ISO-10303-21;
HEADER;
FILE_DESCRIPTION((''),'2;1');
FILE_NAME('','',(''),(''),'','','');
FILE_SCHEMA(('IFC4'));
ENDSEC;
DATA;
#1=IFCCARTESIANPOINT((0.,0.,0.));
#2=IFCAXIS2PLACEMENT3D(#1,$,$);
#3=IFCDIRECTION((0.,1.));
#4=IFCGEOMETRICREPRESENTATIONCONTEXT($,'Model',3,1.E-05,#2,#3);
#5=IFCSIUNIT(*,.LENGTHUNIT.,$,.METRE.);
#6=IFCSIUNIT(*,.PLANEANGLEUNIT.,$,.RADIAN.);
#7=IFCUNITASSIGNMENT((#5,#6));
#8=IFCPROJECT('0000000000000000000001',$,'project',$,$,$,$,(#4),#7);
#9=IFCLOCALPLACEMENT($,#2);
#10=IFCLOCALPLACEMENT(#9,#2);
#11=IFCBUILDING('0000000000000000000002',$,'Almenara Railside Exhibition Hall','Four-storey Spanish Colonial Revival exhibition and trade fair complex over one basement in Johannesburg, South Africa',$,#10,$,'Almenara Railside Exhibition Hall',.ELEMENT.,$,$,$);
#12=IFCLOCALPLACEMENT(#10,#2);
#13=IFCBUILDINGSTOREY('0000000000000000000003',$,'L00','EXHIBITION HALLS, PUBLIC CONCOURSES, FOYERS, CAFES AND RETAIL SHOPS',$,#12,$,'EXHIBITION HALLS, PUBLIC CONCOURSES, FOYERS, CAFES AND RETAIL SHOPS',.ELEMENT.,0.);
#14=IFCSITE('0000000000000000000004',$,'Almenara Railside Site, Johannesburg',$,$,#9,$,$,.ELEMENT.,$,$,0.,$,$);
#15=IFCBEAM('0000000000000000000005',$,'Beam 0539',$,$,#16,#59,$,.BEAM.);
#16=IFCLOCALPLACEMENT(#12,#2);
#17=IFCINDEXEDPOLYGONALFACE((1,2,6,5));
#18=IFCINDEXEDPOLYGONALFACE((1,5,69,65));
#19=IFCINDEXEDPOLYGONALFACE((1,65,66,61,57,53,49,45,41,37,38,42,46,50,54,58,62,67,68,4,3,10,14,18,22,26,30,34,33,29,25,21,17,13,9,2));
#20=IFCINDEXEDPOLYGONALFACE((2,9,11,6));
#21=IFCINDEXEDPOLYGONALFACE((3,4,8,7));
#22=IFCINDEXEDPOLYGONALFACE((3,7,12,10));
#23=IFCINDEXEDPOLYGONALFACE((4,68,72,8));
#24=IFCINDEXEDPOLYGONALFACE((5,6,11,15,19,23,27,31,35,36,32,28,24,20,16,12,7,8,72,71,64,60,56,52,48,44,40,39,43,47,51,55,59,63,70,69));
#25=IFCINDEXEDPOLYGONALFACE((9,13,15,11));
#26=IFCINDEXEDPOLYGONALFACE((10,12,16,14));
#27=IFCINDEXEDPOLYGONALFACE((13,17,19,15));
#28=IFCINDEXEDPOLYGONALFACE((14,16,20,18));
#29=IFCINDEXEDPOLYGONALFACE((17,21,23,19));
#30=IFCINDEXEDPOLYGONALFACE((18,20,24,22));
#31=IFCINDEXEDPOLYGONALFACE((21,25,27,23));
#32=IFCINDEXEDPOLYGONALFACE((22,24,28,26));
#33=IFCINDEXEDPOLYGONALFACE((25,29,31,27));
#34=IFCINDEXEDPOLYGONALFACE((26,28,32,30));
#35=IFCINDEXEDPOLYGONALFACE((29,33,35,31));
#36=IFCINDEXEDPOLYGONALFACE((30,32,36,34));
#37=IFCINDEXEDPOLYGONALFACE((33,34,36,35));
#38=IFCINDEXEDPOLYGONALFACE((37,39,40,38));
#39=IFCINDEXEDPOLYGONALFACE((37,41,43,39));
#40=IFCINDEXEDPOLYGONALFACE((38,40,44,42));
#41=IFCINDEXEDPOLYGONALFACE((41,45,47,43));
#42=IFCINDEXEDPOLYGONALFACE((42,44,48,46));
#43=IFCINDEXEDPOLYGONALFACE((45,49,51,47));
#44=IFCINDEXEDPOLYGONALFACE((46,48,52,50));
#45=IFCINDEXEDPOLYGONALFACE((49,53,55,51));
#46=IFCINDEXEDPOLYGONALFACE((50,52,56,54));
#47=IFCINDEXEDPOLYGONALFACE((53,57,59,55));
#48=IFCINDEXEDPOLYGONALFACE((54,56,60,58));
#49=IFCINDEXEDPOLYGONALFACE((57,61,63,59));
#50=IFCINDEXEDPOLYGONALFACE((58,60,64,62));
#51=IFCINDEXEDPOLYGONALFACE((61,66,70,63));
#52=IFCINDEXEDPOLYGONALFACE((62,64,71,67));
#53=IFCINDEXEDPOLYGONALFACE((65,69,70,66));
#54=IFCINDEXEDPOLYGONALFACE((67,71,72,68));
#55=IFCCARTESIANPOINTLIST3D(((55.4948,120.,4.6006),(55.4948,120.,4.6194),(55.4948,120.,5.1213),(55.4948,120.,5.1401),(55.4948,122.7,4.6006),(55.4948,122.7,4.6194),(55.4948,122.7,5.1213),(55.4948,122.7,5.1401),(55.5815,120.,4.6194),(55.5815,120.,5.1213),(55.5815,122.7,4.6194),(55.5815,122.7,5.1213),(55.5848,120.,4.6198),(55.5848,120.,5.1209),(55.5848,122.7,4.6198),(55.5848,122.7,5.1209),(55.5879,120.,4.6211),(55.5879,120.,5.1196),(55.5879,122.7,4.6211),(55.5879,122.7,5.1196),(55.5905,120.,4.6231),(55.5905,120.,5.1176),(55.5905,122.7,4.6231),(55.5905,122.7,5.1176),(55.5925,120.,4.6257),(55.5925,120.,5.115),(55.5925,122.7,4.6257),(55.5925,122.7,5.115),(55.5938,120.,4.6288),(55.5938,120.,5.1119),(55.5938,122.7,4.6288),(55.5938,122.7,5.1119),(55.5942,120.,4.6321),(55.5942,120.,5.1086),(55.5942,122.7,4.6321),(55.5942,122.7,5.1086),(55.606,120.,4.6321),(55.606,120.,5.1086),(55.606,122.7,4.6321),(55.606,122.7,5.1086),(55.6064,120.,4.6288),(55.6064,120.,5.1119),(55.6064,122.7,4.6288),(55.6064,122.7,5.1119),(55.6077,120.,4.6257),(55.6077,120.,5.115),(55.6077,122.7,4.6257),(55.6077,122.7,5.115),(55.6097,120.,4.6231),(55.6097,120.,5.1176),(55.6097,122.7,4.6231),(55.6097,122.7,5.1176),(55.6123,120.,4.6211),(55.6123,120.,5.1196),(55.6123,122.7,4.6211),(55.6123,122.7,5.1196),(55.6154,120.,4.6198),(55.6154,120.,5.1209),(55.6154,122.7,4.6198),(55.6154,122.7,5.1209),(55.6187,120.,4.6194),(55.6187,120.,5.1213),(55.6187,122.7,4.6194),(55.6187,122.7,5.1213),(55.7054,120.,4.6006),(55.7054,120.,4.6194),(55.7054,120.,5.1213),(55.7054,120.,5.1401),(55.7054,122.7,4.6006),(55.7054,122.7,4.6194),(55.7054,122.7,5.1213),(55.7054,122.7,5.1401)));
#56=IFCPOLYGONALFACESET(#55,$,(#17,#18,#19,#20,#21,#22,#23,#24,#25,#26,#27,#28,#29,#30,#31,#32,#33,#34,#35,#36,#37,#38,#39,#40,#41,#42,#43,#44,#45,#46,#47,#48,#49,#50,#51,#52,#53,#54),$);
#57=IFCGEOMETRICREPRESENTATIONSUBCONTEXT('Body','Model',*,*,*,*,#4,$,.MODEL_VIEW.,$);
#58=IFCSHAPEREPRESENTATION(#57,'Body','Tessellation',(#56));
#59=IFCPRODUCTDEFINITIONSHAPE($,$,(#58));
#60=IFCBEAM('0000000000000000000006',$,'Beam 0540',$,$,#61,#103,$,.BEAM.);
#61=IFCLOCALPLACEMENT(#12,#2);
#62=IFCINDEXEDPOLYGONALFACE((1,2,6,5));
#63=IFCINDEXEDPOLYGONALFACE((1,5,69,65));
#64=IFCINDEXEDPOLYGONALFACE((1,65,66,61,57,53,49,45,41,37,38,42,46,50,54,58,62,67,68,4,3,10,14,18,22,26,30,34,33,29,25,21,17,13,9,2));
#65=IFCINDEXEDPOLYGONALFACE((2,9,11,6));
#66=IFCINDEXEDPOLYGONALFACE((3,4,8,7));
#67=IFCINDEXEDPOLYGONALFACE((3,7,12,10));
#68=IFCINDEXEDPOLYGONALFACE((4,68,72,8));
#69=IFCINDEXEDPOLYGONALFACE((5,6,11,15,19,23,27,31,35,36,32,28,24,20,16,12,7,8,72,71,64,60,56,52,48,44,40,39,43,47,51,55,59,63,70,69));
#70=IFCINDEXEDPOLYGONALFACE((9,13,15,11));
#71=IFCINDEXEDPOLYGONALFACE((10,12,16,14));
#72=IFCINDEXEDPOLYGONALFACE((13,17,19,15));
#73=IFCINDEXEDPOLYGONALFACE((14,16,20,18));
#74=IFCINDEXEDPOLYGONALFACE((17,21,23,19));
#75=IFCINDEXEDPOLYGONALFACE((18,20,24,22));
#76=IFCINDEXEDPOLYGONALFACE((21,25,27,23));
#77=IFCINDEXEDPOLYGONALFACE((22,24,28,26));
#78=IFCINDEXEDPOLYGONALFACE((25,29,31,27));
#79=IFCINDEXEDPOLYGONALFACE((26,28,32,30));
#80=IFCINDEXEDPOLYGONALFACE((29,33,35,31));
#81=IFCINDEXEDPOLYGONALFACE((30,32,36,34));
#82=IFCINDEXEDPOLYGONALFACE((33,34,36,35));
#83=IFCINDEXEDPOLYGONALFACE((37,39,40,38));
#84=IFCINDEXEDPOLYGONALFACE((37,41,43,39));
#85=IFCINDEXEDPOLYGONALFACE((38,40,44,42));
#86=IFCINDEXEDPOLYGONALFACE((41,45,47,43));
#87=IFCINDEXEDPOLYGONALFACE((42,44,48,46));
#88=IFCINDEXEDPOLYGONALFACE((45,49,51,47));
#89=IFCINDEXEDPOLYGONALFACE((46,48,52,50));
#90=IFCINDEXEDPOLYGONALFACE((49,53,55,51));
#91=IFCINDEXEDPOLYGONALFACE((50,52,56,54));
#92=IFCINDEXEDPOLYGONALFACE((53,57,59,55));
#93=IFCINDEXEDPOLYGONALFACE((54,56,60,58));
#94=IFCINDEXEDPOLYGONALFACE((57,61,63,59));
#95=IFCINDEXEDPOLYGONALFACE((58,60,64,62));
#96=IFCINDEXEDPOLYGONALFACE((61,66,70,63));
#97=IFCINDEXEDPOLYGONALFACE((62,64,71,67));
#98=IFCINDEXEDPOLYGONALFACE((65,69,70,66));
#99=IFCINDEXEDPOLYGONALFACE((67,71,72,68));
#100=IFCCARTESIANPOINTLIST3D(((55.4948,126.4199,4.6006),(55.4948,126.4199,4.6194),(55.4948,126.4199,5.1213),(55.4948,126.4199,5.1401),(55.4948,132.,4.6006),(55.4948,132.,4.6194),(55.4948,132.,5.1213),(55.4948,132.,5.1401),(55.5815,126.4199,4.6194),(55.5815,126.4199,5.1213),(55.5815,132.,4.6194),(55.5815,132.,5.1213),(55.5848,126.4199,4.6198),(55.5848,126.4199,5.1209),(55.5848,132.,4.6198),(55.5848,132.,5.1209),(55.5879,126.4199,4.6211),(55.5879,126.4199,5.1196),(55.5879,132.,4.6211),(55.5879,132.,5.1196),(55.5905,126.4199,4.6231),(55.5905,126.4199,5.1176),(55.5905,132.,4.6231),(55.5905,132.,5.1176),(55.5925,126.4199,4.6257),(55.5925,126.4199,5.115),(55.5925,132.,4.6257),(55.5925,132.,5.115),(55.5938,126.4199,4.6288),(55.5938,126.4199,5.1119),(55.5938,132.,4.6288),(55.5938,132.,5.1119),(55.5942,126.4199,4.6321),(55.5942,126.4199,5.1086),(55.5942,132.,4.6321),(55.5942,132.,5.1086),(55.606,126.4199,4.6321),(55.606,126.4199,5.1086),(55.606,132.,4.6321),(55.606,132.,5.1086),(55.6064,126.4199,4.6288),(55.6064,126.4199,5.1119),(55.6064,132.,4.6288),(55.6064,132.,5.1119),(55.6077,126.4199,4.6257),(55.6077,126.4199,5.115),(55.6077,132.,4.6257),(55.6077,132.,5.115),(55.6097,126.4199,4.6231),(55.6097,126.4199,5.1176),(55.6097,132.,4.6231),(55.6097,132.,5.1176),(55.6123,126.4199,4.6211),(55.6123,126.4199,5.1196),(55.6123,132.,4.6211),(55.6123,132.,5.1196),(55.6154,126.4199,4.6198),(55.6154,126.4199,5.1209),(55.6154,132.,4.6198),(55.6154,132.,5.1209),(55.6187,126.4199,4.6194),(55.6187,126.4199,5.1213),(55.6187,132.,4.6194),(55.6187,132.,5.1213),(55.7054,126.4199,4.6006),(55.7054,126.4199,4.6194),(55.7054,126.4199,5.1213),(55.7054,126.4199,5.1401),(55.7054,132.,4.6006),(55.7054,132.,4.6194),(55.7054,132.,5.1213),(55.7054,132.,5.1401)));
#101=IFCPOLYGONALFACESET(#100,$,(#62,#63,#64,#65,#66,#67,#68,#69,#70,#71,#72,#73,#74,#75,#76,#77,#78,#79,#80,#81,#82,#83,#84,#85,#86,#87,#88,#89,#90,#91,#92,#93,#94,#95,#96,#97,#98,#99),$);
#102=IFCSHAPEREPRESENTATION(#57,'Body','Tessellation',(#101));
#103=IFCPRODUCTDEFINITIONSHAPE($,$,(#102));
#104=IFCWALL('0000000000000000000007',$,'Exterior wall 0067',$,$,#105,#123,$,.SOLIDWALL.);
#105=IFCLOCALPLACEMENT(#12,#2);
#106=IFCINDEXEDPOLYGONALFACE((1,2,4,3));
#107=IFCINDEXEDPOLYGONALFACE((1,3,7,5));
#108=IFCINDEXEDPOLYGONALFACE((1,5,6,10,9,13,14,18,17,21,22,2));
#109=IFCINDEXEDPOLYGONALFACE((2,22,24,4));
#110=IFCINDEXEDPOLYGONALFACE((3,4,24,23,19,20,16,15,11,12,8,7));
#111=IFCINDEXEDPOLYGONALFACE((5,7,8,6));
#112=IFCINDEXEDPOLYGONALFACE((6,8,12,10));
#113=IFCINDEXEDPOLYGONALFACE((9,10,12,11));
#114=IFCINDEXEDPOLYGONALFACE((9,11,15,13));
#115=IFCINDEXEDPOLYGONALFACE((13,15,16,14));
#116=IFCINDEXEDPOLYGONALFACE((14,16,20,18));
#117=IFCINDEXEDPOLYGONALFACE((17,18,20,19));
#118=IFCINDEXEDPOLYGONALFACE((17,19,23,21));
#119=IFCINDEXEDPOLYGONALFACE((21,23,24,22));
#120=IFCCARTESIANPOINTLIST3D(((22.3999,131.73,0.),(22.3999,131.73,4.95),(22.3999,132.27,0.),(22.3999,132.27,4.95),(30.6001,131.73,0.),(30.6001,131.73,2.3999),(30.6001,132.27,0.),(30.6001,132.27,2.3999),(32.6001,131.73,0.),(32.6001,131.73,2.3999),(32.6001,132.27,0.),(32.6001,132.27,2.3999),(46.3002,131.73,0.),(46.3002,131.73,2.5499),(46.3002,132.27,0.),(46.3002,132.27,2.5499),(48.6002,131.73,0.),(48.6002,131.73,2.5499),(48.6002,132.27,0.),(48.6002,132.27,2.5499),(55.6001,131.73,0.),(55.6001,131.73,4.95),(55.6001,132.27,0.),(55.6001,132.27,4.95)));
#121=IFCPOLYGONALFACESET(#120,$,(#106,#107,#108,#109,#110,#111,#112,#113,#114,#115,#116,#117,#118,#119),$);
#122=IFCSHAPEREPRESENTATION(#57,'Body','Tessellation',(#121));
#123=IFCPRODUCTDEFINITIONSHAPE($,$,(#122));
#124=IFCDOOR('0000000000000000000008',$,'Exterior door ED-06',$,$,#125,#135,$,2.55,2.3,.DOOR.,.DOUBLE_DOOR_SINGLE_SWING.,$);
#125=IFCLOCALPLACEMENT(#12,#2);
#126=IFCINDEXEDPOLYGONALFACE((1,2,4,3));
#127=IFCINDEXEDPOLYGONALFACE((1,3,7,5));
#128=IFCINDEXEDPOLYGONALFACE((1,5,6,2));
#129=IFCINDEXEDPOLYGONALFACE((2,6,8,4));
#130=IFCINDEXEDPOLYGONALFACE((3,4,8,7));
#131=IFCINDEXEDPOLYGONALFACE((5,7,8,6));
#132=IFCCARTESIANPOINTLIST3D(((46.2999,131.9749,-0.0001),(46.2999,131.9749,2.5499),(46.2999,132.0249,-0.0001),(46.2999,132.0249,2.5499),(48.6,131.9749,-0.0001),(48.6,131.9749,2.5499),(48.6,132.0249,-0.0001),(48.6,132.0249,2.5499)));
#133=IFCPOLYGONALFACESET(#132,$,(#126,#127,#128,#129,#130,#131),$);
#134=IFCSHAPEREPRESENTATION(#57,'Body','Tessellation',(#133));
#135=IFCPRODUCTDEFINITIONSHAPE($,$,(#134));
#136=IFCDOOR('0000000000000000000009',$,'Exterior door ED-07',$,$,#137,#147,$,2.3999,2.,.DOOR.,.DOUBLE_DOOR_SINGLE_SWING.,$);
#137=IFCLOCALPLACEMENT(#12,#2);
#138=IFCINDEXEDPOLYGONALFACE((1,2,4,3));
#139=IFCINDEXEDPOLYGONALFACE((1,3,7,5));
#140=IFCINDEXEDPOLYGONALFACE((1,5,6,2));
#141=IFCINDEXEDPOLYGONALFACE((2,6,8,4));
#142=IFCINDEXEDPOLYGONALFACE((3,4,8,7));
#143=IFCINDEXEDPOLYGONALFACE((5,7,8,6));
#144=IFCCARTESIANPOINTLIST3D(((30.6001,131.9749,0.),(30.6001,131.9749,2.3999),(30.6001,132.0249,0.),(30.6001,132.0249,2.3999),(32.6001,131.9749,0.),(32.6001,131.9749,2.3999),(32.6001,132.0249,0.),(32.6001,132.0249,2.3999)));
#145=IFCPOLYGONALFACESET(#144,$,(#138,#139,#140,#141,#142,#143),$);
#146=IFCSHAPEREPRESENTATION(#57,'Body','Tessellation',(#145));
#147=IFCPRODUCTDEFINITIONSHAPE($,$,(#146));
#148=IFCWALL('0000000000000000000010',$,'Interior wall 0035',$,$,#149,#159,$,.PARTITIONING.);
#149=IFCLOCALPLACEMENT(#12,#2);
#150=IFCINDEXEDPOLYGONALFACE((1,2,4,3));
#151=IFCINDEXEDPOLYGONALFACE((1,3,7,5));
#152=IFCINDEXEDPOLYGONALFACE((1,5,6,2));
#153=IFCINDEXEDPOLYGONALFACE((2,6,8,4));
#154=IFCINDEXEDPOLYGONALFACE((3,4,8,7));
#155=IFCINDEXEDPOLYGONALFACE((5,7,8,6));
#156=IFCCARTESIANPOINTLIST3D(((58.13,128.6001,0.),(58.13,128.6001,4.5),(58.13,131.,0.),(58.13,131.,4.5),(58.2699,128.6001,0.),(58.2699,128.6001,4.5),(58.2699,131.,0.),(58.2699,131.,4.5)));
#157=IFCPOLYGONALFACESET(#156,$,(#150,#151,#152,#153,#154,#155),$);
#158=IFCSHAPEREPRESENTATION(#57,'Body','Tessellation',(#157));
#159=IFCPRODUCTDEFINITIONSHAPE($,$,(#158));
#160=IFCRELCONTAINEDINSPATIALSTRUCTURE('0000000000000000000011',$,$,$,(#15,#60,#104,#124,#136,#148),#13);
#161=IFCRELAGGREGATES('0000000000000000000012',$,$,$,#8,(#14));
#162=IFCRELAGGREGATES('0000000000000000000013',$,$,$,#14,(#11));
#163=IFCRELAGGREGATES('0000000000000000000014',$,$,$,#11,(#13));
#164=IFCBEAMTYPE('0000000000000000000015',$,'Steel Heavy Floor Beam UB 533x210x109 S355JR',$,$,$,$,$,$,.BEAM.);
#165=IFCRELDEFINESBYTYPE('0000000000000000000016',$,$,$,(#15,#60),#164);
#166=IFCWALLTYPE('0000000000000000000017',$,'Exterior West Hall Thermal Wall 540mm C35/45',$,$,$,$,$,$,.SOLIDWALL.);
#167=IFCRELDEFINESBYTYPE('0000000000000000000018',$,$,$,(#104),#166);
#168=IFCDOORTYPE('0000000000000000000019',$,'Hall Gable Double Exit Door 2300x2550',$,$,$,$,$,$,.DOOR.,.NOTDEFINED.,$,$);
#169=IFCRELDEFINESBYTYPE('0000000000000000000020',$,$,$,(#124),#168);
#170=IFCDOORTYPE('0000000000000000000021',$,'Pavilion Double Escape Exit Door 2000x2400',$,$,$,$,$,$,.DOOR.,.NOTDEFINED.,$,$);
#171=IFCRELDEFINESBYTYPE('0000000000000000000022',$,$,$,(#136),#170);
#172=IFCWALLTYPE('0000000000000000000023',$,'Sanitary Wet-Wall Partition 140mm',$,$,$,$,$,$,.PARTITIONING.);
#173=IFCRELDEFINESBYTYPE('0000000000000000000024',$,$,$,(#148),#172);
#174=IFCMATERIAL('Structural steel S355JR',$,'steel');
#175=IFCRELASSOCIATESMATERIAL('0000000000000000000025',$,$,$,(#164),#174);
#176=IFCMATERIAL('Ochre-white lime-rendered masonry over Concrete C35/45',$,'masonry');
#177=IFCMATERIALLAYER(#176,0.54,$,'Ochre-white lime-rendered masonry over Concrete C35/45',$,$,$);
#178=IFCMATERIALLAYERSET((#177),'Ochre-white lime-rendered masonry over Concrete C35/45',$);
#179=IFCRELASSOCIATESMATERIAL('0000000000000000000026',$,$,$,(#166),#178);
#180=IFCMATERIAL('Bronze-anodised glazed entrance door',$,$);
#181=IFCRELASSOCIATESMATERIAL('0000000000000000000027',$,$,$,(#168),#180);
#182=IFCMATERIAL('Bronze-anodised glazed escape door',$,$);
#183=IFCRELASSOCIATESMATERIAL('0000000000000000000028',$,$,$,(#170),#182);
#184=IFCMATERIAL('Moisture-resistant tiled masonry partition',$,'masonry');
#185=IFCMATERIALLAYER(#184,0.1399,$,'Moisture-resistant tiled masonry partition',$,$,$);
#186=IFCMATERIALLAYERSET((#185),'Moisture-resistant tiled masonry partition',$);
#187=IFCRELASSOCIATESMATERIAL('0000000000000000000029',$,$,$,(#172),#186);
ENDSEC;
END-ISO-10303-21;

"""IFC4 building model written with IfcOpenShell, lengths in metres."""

from ifc_helpers import new_model, si_unit, direction, frame, frame_2d, origin, origin_2d, place, context, subcontext, project, spatial, rectangle, i_section, extrude, material, layer, layer_set, material_profile, profile_set, type_object, element, fill, save


model = new_model("IFC4")

# Units and contexts
model_context = context("Model", 3, precision=1e-05, world=origin(), true_north=direction((0.0, 1.0)))
body_context = subcontext(model_context, "Body", "Model", "MODEL_VIEW")
ifc_project = project(units=[si_unit("LENGTHUNIT", "METRE"), si_unit("PLANEANGLEUNIT", "RADIAN")], contexts=[model_context])

# Site, building, storey
site_placement = place(None, origin())
site = spatial("IfcSite", under=ifc_project, at=site_placement, Name="Almenara Railside Site, Johannesburg", CompositionType="ELEMENT", RefElevation=0.0)
building_placement = place(site_placement, origin())
building = spatial("IfcBuilding", under=site, at=building_placement, Name="Almenara Railside Exhibition Hall", Description="Four-storey Spanish Colonial Revival exhibition and trade fair complex over one basement in Johannesburg, South Africa", LongName="Almenara Railside Exhibition Hall", CompositionType="ELEMENT")
storey_placement = place(building_placement, origin())
storey = spatial("IfcBuildingStorey", under=building, at=storey_placement, Name="L00", Description="EXHIBITION HALLS, PUBLIC CONCOURSES, FOYERS, CAFES AND RETAIL SHOPS", LongName="EXHIBITION HALLS, PUBLIC CONCOURSES, FOYERS, CAFES AND RETAIL SHOPS", CompositionType="ELEMENT", Elevation=0.0)

# Beams
ifc_material_1 = material(Name="Structural steel S355JR", Category="steel")
ifc_material_profile_1 = material_profile(ifc_material_1, i_section(OverallWidth=0.2107, OverallDepth=0.5396, WebThickness=0.0117, FlangeThickness=0.0188, FilletRadius=0.0127, at=origin_2d()), Name="UB 533x210x109")
ifc_profile_set_1 = profile_set([ifc_material_profile_1], Name="Structural steel S355JR")
beam_type_1 = type_object("IfcBeamType", Name="Steel Heavy Floor Beam UB 533x210x109 S355JR", PredefinedType="BEAM", material=ifc_profile_set_1)
beam_1_placement = place(storey_placement, frame((55.6001, 120.0, 4.8704), z_axis=(0.0, 1.0, 0.0), x_axis=(-1.0, 0.0, 0.0)))
element("IfcBeam", 1, at=beam_1_placement, inside=storey, type_object=beam_type_1, Name="Beam 0539", PredefinedType="BEAM", context=body_context, shape_type="SweptSolid", body=[
    extrude(i_section(OverallWidth=0.2107, OverallDepth=0.5396, WebThickness=0.0117, FlangeThickness=0.0188, FilletRadius=0.0127, at=origin_2d()), origin(), (0.0, 0.0, 1.0), 2.7),
])
beam_2_placement = place(storey_placement, frame((55.6001, 126.4199, 4.8704), z_axis=(0.0, 1.0, 0.0), x_axis=(-1.0, 0.0, 0.0)))
element("IfcBeam", 2, at=beam_2_placement, inside=storey, type_object=beam_type_1, Name="Beam 0540", PredefinedType="BEAM", context=body_context, shape_type="SweptSolid", body=[
    extrude(i_section(OverallWidth=0.2107, OverallDepth=0.5396, WebThickness=0.0117, FlangeThickness=0.0188, FilletRadius=0.0127, at=origin_2d()), origin(), (0.0, 0.0, 1.0), 5.5801),
])

# Wall, openings, doors
ifc_material_2 = material(Name="Ochre-white lime-rendered masonry over Concrete C35/45", Category="masonry")
ifc_layer_1 = layer(ifc_material_2, 0.54, Name="Ochre-white lime-rendered masonry over Concrete C35/45")
ifc_layer_set_1 = layer_set([ifc_layer_1], Name="Ochre-white lime-rendered masonry over Concrete C35/45")
wall_type_1 = type_object("IfcWallType", Name="Exterior West Hall Thermal Wall 540mm C35/45", PredefinedType="SOLIDWALL", material=ifc_layer_set_1)
wall_1_placement = place(storey_placement, frame((55.6001, 132.0, 0.0), z_axis=(0.0, 0.0, 1.0), x_axis=(-1.0, 0.0, 0.0)))
wall_1 = element("IfcWall", 3, at=wall_1_placement, inside=storey, type_object=wall_type_1, Name="Exterior wall 0067", PredefinedType="SOLIDWALL", context=body_context, shape_type="SweptSolid", body=[
    extrude(rectangle(XDim=33.2002, YDim=0.54, at=frame_2d((16.6001, 0.0))), origin(), (0.0, 0.0, 1.0), 4.95),
])
opening_1_placement = place(wall_1_placement, frame((7.0, 0.0, 0.0)))
opening_1 = element("IfcOpeningElement", 4, at=opening_1_placement, cuts=wall_1, PredefinedType="OPENING", context=body_context, shape_type="SweptSolid", body=[
    extrude(rectangle(XDim=2.3, YDim=2.55, at=frame_2d((1.1499, 1.2749))), frame((0.0, 0.28, 0.0), z_axis=(0.0, -1.0, 0.0), x_axis=(1.0, 0.0, 0.0)), (0.0, 0.0, 1.0), 0.5601),
])
opening_2_placement = place(wall_1_placement, frame((23.0, 0.0, 0.0)))
opening_2 = element("IfcOpeningElement", 5, at=opening_2_placement, cuts=wall_1, PredefinedType="OPENING", context=body_context, shape_type="SweptSolid", body=[
    extrude(rectangle(XDim=2.0, YDim=2.3999, at=frame_2d((1.0, 1.2))), frame((0.0, 0.28, 0.0), z_axis=(0.0, -1.0, 0.0), x_axis=(1.0, 0.0, 0.0)), (0.0, 0.0, 1.0), 0.5601),
])
ifc_material_3 = material(Name="Bronze-anodised glazed entrance door")
door_type_1 = type_object("IfcDoorType", Name="Hall Gable Double Exit Door 2300x2550", OperationType="NOTDEFINED", PredefinedType="DOOR", material=ifc_material_3)
door_1_placement = place(opening_1_placement, frame((2.3, 0.0, 0.0), z_axis=(0.0, 0.0, 1.0), x_axis=(-1.0, 0.0, 0.0)))
door_1 = element("IfcDoor", 6, at=door_1_placement, inside=storey, type_object=door_type_1, Name="Exterior door ED-06", OperationType="DOUBLE_DOOR_SINGLE_SWING", OverallHeight=2.55, OverallWidth=2.3, PredefinedType="DOOR", context=body_context, shape_type="SweptSolid", body=[
    extrude(rectangle(XDim=2.3, YDim=2.55, at=frame_2d((1.1499, 1.2749))), frame((0.0, 0.0249, 0.0), z_axis=(0.0, -1.0, 0.0), x_axis=(1.0, 0.0, 0.0)), (0.0, 0.0, 1.0), 0.05),
])
fill(opening_1, door_1)
ifc_material_4 = material(Name="Bronze-anodised glazed escape door")
door_type_2 = type_object("IfcDoorType", Name="Pavilion Double Escape Exit Door 2000x2400", OperationType="NOTDEFINED", PredefinedType="DOOR", material=ifc_material_4)
door_2_placement = place(opening_2_placement, frame((2.0, 0.0, 0.0), z_axis=(0.0, 0.0, 1.0), x_axis=(-1.0, 0.0, 0.0)))
door_2 = element("IfcDoor", 7, at=door_2_placement, inside=storey, type_object=door_type_2, Name="Exterior door ED-07", OperationType="DOUBLE_DOOR_SINGLE_SWING", OverallHeight=2.3999, OverallWidth=2.0, PredefinedType="DOOR", context=body_context, shape_type="SweptSolid", body=[
    extrude(rectangle(XDim=2.0, YDim=2.3999, at=frame_2d((1.0, 1.2))), frame((0.0, 0.0249, 0.0), z_axis=(0.0, -1.0, 0.0), x_axis=(1.0, 0.0, 0.0)), (0.0, 0.0, 1.0), 0.05),
])
fill(opening_2, door_2)

# Wall
ifc_material_5 = material(Name="Moisture-resistant tiled masonry partition", Category="masonry")
ifc_layer_2 = layer(ifc_material_5, 0.1399, Name="Moisture-resistant tiled masonry partition")
ifc_layer_set_2 = layer_set([ifc_layer_2], Name="Moisture-resistant tiled masonry partition")
wall_type_2 = type_object("IfcWallType", Name="Sanitary Wet-Wall Partition 140mm", PredefinedType="PARTITIONING", material=ifc_layer_set_2)
wall_2_placement = place(storey_placement, frame((58.2, 128.6001, 0.0), z_axis=(0.0, 0.0, 1.0), x_axis=(0.0, 1.0, 0.0)))
element("IfcWall", 8, at=wall_2_placement, inside=storey, type_object=wall_type_2, Name="Interior wall 0035", PredefinedType="PARTITIONING", context=body_context, shape_type="SweptSolid", body=[
    extrude(rectangle(XDim=2.3999, YDim=0.1399, at=frame_2d((1.2, 0.0))), origin(), (0.0, 0.0, 1.0), 4.5),
])

save(model, "model.ifc")
